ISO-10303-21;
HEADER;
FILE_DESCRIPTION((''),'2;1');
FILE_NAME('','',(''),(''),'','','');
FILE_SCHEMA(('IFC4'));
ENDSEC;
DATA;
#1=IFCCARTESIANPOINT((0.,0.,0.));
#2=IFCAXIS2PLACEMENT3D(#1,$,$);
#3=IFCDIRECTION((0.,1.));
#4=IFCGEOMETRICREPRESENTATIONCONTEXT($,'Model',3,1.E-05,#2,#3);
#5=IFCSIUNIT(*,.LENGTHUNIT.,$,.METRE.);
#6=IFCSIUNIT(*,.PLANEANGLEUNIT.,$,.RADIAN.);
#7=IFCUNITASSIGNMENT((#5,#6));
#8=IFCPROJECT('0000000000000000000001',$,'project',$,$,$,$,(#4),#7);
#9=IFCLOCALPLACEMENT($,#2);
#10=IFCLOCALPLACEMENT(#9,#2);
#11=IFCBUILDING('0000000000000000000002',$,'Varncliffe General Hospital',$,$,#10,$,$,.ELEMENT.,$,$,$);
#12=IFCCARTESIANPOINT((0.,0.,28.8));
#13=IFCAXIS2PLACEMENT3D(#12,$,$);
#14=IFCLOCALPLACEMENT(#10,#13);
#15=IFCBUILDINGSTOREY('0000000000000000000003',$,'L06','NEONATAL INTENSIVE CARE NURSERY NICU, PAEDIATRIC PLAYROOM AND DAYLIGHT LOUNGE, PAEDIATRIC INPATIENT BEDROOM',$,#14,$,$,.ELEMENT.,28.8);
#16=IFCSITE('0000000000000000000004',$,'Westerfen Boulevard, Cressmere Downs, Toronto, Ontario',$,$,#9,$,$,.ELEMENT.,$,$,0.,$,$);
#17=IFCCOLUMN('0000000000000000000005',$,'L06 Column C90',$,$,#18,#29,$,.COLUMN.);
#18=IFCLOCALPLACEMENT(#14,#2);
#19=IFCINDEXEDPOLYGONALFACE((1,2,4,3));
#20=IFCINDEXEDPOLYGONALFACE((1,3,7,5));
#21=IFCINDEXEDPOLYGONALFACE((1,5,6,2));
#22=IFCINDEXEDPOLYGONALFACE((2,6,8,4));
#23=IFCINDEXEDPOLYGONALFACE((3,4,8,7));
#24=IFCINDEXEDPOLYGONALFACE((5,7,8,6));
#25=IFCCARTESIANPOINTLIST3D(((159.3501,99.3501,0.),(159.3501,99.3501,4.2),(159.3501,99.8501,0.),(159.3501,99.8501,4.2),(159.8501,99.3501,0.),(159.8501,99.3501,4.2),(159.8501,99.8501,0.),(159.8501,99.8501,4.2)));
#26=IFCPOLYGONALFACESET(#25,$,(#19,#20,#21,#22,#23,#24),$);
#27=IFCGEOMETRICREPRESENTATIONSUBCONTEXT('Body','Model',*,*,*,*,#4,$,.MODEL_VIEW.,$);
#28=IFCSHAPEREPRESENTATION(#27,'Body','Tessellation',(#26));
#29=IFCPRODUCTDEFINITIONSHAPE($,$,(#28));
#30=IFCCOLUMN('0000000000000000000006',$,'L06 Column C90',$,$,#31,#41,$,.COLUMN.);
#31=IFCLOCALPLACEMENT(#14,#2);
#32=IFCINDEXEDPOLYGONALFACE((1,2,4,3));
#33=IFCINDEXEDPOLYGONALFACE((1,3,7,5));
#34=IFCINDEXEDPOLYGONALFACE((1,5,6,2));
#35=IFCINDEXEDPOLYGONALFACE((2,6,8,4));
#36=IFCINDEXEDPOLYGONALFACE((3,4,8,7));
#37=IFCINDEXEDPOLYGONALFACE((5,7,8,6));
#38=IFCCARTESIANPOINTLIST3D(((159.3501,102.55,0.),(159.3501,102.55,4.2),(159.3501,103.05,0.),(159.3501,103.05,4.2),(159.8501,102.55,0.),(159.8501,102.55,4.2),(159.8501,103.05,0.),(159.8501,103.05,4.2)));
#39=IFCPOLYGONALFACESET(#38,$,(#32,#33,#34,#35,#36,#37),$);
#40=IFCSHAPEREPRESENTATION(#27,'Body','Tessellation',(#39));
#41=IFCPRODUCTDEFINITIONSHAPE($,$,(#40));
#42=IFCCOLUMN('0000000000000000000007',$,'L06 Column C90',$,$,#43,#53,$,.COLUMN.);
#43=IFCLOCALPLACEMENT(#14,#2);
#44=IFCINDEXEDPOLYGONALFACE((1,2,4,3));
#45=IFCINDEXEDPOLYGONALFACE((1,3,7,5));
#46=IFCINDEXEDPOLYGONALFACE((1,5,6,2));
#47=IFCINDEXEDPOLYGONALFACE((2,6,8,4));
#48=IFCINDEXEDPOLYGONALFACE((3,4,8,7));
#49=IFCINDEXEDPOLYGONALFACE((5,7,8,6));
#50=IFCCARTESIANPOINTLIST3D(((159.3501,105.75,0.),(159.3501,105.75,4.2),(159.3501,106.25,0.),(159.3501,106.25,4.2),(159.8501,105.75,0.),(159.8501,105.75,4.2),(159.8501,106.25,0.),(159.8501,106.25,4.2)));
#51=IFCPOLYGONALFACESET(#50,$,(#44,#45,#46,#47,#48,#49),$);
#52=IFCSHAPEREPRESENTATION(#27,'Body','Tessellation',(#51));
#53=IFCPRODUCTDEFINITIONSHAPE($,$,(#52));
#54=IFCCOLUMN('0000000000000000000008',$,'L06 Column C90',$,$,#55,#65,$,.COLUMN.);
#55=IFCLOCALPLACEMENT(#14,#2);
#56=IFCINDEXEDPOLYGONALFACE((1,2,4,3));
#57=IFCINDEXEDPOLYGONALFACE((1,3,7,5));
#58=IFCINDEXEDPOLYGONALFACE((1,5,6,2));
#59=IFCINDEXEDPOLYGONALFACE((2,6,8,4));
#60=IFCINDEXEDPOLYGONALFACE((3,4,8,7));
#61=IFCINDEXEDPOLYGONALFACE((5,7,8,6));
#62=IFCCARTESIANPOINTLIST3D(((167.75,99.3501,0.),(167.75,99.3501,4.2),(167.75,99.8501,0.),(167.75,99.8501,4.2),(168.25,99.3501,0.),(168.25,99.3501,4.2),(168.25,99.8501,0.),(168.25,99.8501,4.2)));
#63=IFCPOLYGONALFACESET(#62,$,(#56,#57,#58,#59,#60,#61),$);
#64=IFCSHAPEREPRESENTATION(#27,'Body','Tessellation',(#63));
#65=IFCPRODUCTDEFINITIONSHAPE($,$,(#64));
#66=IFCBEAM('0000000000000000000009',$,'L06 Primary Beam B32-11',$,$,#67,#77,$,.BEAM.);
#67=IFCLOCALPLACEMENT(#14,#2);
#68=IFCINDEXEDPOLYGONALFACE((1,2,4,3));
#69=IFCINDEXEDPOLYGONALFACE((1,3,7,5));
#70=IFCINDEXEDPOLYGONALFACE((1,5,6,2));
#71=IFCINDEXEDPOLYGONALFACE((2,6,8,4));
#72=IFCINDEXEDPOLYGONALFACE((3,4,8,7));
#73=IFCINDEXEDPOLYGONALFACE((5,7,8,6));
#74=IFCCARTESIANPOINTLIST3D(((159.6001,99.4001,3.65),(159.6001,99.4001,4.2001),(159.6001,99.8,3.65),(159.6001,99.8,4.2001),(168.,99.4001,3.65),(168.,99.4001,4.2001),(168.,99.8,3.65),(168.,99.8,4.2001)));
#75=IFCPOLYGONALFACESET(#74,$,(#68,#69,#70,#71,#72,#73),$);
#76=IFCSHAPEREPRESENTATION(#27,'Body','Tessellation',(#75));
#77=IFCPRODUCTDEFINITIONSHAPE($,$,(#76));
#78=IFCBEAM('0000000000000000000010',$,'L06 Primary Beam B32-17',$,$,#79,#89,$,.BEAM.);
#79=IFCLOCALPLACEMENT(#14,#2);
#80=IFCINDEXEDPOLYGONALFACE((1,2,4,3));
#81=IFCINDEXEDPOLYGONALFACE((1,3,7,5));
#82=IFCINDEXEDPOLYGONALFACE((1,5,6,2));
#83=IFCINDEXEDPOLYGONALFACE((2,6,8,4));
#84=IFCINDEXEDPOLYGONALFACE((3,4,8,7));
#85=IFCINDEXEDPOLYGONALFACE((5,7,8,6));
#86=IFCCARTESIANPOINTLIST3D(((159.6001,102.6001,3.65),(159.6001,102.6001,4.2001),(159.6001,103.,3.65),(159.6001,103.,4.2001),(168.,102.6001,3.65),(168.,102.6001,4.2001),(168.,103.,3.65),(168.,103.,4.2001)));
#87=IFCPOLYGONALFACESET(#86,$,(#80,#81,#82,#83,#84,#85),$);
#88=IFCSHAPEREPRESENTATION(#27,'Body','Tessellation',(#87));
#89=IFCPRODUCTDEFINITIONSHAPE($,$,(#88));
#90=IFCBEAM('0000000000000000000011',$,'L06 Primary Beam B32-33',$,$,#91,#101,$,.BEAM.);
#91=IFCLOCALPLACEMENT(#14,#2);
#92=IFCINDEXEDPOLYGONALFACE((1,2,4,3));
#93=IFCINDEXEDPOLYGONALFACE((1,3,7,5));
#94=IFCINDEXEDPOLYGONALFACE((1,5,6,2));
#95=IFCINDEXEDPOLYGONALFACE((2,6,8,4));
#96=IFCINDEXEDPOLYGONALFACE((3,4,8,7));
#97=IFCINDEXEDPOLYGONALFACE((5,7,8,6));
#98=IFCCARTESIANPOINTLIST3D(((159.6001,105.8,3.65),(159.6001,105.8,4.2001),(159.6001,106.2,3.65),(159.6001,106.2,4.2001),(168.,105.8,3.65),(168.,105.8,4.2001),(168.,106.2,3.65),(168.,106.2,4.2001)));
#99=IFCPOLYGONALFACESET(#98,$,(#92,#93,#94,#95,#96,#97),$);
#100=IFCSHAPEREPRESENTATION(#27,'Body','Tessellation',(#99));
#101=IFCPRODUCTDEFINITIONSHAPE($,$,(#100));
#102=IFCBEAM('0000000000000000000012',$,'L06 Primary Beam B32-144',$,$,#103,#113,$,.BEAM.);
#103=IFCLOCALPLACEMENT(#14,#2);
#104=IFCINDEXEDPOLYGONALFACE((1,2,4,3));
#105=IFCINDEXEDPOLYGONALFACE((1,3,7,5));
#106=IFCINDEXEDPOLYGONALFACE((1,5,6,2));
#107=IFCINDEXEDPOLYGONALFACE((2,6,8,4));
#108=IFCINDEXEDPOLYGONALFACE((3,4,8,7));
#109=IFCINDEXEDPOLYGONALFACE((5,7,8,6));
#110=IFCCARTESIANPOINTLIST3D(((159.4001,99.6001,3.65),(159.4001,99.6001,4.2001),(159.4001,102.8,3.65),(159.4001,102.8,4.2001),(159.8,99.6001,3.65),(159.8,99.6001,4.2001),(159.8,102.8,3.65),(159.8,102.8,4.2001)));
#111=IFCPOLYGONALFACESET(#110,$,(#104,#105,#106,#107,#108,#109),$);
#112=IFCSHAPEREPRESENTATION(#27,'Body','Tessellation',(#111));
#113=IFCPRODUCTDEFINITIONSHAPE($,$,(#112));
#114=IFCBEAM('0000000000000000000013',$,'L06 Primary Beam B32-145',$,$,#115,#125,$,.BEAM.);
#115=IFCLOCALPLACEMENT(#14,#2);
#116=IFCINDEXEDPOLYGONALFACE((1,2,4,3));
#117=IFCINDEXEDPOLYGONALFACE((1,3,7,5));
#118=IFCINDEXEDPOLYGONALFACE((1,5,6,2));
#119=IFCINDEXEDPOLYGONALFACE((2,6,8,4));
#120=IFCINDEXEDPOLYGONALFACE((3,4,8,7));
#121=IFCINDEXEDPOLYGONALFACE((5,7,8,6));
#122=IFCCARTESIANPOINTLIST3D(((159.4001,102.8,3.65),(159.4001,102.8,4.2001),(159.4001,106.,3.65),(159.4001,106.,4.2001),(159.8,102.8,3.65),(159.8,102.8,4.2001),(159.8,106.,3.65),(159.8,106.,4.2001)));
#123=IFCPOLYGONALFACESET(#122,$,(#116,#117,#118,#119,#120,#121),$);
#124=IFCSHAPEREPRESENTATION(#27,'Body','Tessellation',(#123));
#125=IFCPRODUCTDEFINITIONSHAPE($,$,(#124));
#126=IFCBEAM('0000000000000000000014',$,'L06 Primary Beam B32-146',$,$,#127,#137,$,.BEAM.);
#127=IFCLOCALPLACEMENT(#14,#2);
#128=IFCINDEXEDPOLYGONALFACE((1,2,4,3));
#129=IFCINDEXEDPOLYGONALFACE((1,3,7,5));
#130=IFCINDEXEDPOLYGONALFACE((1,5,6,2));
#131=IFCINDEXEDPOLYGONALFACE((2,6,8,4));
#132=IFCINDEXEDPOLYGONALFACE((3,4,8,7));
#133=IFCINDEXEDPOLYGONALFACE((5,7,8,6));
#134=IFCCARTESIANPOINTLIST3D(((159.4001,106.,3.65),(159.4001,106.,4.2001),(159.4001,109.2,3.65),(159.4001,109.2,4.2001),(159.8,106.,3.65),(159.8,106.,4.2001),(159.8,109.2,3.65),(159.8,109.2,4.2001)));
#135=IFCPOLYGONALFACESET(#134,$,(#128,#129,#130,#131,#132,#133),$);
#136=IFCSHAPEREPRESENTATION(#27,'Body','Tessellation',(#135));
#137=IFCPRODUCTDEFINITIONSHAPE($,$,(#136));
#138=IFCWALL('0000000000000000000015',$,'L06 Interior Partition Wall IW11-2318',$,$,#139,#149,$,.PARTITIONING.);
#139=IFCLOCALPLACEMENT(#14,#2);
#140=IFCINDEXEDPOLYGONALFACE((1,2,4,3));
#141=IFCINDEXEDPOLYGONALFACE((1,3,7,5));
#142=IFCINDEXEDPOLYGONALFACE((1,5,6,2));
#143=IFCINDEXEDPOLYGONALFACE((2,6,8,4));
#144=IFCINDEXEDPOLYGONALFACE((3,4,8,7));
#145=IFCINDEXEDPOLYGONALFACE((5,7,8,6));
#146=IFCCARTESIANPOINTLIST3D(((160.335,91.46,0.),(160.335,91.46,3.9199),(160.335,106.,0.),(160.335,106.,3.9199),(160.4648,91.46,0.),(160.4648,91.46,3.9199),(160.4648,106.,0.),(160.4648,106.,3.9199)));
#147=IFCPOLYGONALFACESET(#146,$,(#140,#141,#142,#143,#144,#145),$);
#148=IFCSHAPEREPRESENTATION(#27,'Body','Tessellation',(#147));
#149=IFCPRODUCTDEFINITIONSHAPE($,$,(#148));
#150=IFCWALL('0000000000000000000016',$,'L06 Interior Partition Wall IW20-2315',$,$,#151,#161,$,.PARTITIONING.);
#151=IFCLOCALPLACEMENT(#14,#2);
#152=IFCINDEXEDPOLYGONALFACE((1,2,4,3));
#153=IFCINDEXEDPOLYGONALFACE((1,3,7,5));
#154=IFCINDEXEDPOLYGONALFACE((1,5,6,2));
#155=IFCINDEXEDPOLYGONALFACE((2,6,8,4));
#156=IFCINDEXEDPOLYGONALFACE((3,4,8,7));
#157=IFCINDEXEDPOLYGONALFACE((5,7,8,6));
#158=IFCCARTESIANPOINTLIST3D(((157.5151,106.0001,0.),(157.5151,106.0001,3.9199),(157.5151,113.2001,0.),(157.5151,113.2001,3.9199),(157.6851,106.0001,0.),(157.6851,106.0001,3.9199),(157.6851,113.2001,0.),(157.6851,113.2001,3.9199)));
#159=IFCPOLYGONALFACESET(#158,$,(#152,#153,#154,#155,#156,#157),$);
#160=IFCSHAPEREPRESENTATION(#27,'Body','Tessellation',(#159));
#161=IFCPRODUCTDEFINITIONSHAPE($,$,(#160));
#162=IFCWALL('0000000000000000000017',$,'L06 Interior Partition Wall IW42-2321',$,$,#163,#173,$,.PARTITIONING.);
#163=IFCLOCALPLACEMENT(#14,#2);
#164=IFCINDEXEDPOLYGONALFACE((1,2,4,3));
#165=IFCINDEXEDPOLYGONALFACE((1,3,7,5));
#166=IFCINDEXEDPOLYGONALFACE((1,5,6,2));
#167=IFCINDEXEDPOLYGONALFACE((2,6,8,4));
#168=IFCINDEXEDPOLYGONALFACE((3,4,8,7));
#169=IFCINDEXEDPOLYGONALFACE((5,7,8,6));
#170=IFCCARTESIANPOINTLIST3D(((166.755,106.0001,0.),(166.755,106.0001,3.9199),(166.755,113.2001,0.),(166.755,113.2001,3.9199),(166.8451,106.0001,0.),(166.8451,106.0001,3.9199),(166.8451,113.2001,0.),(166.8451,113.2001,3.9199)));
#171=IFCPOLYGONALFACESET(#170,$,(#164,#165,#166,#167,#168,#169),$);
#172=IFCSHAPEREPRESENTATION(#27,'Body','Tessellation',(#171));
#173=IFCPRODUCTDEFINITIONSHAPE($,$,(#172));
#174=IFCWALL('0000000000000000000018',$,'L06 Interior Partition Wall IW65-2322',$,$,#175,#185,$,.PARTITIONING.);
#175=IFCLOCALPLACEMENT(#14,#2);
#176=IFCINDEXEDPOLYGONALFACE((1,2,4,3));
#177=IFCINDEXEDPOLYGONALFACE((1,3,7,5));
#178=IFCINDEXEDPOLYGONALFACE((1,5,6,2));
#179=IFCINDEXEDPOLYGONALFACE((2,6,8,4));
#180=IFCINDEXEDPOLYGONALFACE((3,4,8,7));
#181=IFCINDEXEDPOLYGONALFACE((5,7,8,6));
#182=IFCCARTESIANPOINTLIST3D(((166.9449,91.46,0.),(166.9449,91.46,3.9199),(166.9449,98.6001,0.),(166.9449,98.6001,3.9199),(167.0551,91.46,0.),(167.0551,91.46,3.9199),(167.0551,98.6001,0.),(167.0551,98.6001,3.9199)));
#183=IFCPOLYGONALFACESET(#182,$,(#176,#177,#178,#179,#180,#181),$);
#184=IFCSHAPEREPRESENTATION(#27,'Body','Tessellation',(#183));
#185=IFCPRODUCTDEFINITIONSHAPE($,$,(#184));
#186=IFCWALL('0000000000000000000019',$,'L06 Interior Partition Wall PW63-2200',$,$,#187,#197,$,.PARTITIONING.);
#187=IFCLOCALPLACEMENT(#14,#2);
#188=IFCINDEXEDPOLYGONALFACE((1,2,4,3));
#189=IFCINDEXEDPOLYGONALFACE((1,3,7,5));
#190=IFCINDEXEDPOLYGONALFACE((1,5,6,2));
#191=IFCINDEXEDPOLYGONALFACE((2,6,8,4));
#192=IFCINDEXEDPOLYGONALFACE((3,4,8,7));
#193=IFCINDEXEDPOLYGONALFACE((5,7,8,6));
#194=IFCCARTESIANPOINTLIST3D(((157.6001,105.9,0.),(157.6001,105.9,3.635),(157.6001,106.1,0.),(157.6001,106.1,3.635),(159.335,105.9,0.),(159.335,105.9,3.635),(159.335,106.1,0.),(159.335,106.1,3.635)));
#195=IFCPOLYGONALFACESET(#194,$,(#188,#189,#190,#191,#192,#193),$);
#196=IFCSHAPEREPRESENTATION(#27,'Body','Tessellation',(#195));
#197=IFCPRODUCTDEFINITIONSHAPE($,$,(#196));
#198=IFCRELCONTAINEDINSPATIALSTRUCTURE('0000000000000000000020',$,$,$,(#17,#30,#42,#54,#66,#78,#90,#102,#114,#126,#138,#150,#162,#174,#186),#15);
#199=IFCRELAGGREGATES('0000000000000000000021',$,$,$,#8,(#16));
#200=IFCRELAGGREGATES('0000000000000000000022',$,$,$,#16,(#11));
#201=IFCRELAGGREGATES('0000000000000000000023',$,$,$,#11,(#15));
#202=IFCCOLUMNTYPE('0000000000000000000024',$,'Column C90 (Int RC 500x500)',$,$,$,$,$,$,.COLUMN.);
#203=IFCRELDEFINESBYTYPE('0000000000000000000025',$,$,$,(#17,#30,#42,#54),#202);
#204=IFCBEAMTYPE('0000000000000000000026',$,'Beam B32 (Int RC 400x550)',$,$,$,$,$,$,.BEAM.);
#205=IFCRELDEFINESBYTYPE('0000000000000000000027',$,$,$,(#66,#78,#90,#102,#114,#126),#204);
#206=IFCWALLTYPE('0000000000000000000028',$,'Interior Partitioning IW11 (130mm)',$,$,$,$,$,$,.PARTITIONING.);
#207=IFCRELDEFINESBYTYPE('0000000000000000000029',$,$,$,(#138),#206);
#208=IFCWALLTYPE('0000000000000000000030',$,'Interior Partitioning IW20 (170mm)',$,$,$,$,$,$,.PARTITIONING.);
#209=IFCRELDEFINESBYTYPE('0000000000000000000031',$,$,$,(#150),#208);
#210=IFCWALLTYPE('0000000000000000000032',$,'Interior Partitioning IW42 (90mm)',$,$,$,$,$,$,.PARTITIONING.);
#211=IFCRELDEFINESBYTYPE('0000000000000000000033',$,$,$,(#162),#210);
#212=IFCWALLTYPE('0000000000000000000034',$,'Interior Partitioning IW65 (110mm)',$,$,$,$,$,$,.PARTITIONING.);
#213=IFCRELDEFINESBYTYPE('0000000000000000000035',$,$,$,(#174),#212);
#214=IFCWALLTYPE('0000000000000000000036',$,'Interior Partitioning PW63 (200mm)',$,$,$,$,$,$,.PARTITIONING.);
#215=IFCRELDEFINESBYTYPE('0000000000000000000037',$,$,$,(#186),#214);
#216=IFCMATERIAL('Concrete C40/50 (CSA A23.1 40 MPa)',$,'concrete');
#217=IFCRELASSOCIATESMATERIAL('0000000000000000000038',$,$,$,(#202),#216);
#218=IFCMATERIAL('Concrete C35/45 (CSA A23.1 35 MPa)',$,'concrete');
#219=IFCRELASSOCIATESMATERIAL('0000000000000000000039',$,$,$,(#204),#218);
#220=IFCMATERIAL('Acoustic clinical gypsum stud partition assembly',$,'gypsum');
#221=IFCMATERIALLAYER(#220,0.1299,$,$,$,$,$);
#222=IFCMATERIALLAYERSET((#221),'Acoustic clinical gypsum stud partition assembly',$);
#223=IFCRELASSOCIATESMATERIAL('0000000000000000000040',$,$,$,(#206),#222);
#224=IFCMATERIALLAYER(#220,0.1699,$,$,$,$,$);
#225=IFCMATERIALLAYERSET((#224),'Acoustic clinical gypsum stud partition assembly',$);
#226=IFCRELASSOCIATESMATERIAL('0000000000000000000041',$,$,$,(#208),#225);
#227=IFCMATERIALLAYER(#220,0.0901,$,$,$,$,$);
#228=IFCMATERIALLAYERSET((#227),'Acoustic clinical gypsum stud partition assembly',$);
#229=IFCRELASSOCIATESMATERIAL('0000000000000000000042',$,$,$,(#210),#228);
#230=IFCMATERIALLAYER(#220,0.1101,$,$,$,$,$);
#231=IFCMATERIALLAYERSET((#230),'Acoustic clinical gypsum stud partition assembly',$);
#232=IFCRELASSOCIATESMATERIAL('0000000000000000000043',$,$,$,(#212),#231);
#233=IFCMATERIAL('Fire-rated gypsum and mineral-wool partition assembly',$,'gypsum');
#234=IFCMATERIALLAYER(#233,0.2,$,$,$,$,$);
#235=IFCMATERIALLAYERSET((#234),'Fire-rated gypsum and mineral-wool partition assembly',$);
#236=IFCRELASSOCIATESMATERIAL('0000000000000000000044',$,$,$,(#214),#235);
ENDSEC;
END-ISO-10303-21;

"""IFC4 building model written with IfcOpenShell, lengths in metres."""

from ifc_helpers import new_model, si_unit, direction, frame, frame_2d, origin, origin_2d, place, context, subcontext, project, spatial, rectangle, extrude, material, layer, layer_set, material_profile, profile_set, type_object, element, save


model = new_model("IFC4")

# Units and contexts
model_context = context("Model", 3, precision=1e-05, world=origin(), true_north=direction((0.0, 1.0)))
body_context = subcontext(model_context, "Body", "Model", "MODEL_VIEW")
ifc_project = project(units=[si_unit("LENGTHUNIT", "METRE"), si_unit("PLANEANGLEUNIT", "RADIAN")], contexts=[model_context])

# Site, building, storey
site_placement = place(None, origin())
site = spatial("IfcSite", under=ifc_project, at=site_placement, Name="Westerfen Boulevard, Cressmere Downs, Toronto, Ontario", CompositionType="ELEMENT", RefElevation=0.0)
building_placement = place(site_placement, origin())
building = spatial("IfcBuilding", under=site, at=building_placement, Name="Varncliffe General Hospital", CompositionType="ELEMENT")
storey_placement = place(building_placement, frame((0.0, 0.0, 28.8)))
storey = spatial("IfcBuildingStorey", under=building, at=storey_placement, Name="L06", Description="NEONATAL INTENSIVE CARE NURSERY NICU, PAEDIATRIC PLAYROOM AND DAYLIGHT LOUNGE, PAEDIATRIC INPATIENT BEDROOM", CompositionType="ELEMENT", Elevation=28.8)

# Columns
ifc_material_1 = material(Name="Concrete C40/50 (CSA A23.1 40 MPa)", Category="concrete")
ifc_material_profile_1 = material_profile(ifc_material_1, rectangle(XDim=0.5, YDim=0.5, at=origin_2d()), Name="RC 500x500")
ifc_profile_set_1 = profile_set([ifc_material_profile_1], Name="Concrete C40/50 (CSA A23.1 40 MPa)")
column_type = type_object("IfcColumnType", Name="Column C90 (Int RC 500x500)", PredefinedType="COLUMN", material=ifc_profile_set_1)
for number, where, z_axis, x_axis, name in (
    (1, (159.6001, 99.6001, 0.0), (0.0, 0.0, 1.0), (1.0, 0.0, 0.0), "L06 Column C90"),
    (2, (159.6001, 102.8, 0.0), (0.0, 0.0, 1.0), (1.0, 0.0, 0.0), "L06 Column C90"),
    (3, (159.6001, 106.0, 0.0), (0.0, 0.0, 1.0), (1.0, 0.0, 0.0), "L06 Column C90"),
    (4, (168.0, 99.6001, 0.0), (0.0, 0.0, 1.0), (1.0, 0.0, 0.0), "L06 Column C90"),
):
    element("IfcColumn", number, at=place(storey_placement, frame(where, z_axis=z_axis, x_axis=x_axis)), inside=storey, type_object=column_type, Name=name, PredefinedType="COLUMN", context=body_context, shape_type="SweptSolid", body=[
        extrude(rectangle(XDim=0.5, YDim=0.5, at=origin_2d()), origin(), (0.0, 0.0, 1.0), 4.2),
    ])

# Beams
ifc_material_2 = material(Name="Concrete C35/45 (CSA A23.1 35 MPa)", Category="concrete")
ifc_material_profile_2 = material_profile(ifc_material_2, rectangle(XDim=0.3999, YDim=0.55, at=origin_2d()), Name="RC 400x550")
ifc_profile_set_2 = profile_set([ifc_material_profile_2], Name="Concrete C35/45 (CSA A23.1 35 MPa)")
beam_type = type_object("IfcBeamType", Name="Beam B32 (Int RC 400x550)", PredefinedType="BEAM", material=ifc_profile_set_2)
for number, where, z_axis, x_axis, name in (
    (5, (159.6001, 99.6001, 3.925), (1.0, 0.0, 0.0), (0.0, 1.0, 0.0), "L06 Primary Beam B32-11"),
    (6, (159.6001, 102.8, 3.925), (1.0, 0.0, 0.0), (0.0, 1.0, 0.0), "L06 Primary Beam B32-17"),
    (7, (159.6001, 106.0, 3.925), (1.0, 0.0, 0.0), (0.0, 1.0, 0.0), "L06 Primary Beam B32-33"),
):
    element("IfcBeam", number, at=place(storey_placement, frame(where, z_axis=z_axis, x_axis=x_axis)), inside=storey, type_object=beam_type, Name=name, PredefinedType="BEAM", context=body_context, shape_type="SweptSolid", body=[
        extrude(rectangle(XDim=0.3999, YDim=0.55, at=origin_2d()), origin(), (0.0, 0.0, 1.0), 8.3999),
    ])
for number, where, z_axis, x_axis, name in (
    (8, (159.6001, 99.6001, 3.925), (0.0, 1.0, 0.0), (-1.0, 0.0, 0.0), "L06 Primary Beam B32-144"),
    (9, (159.6001, 102.8, 3.925), (0.0, 1.0, 0.0), (-1.0, 0.0, 0.0), "L06 Primary Beam B32-145"),
    (10, (159.6001, 106.0, 3.925), (0.0, 1.0, 0.0), (-1.0, 0.0, 0.0), "L06 Primary Beam B32-146"),
):
    element("IfcBeam", number, at=place(storey_placement, frame(where, z_axis=z_axis, x_axis=x_axis)), inside=storey, type_object=beam_type, Name=name, PredefinedType="BEAM", context=body_context, shape_type="SweptSolid", body=[
        extrude(rectangle(XDim=0.3999, YDim=0.55, at=origin_2d()), origin(), (0.0, 0.0, 1.0), 3.2),
    ])

# Walls
ifc_material_3 = material(Name="Acoustic clinical gypsum stud partition assembly", Category="gypsum")
ifc_layer_1 = layer(ifc_material_3, 0.1299)
ifc_layer_set_1 = layer_set([ifc_layer_1], Name="Acoustic clinical gypsum stud partition assembly")
wall_type_1 = type_object("IfcWallType", Name="Interior Partitioning IW11 (130mm)", PredefinedType="PARTITIONING", material=ifc_layer_set_1)
wall_1_placement = place(storey_placement, frame((160.3999, 91.46, 0.0), z_axis=(0.0, 0.0, 1.0), x_axis=(0.0, 1.0, 0.0)))
element("IfcWall", 11, at=wall_1_placement, inside=storey, type_object=wall_type_1, Name="L06 Interior Partition Wall IW11-2318", PredefinedType="PARTITIONING", context=body_context, shape_type="SweptSolid", body=[
    extrude(rectangle(XDim=14.54, YDim=0.1299, at=frame_2d((7.27, 0.0))), origin(), (0.0, 0.0, 1.0), 3.9199),
])
ifc_layer_2 = layer(ifc_material_3, 0.1699)
ifc_layer_set_2 = layer_set([ifc_layer_2], Name="Acoustic clinical gypsum stud partition assembly")
wall_type_2 = type_object("IfcWallType", Name="Interior Partitioning IW20 (170mm)", PredefinedType="PARTITIONING", material=ifc_layer_set_2)
wall_2_placement = place(storey_placement, frame((157.6001, 106.0, 0.0), z_axis=(0.0, 0.0, 1.0), x_axis=(0.0, 1.0, 0.0)))
element("IfcWall", 12, at=wall_2_placement, inside=storey, type_object=wall_type_2, Name="L06 Interior Partition Wall IW20-2315", PredefinedType="PARTITIONING", context=body_context, shape_type="SweptSolid", body=[
    extrude(rectangle(XDim=7.2, YDim=0.1699, at=frame_2d((3.6001, 0.0))), origin(), (0.0, 0.0, 1.0), 3.9199),
])
ifc_layer_3 = layer(ifc_material_3, 0.0901)
ifc_layer_set_3 = layer_set([ifc_layer_3], Name="Acoustic clinical gypsum stud partition assembly")
wall_type_3 = type_object("IfcWallType", Name="Interior Partitioning IW42 (90mm)", PredefinedType="PARTITIONING", material=ifc_layer_set_3)
wall_3_placement = place(storey_placement, frame((166.8, 106.0, 0.0), z_axis=(0.0, 0.0, 1.0), x_axis=(0.0, 1.0, 0.0)))
element("IfcWall", 13, at=wall_3_placement, inside=storey, type_object=wall_type_3, Name="L06 Interior Partition Wall IW42-2321", PredefinedType="PARTITIONING", context=body_context, shape_type="SweptSolid", body=[
    extrude(rectangle(XDim=7.2, YDim=0.0901, at=frame_2d((3.6001, 0.0))), origin(), (0.0, 0.0, 1.0), 3.9199),
])
ifc_layer_4 = layer(ifc_material_3, 0.1101)
ifc_layer_set_4 = layer_set([ifc_layer_4], Name="Acoustic clinical gypsum stud partition assembly")
wall_type_4 = type_object("IfcWallType", Name="Interior Partitioning IW65 (110mm)", PredefinedType="PARTITIONING", material=ifc_layer_set_4)
wall_4_placement = place(storey_placement, frame((167.0, 91.46, 0.0), z_axis=(0.0, 0.0, 1.0), x_axis=(0.0, 1.0, 0.0)))
element("IfcWall", 14, at=wall_4_placement, inside=storey, type_object=wall_type_4, Name="L06 Interior Partition Wall IW65-2322", PredefinedType="PARTITIONING", context=body_context, shape_type="SweptSolid", body=[
    extrude(rectangle(XDim=7.1401, YDim=0.1101, at=frame_2d((3.5701, 0.0))), origin(), (0.0, 0.0, 1.0), 3.9199),
])
ifc_material_4 = material(Name="Fire-rated gypsum and mineral-wool partition assembly", Category="gypsum")
ifc_layer_5 = layer(ifc_material_4, 0.2)
ifc_layer_set_5 = layer_set([ifc_layer_5], Name="Fire-rated gypsum and mineral-wool partition assembly")
wall_type_5 = type_object("IfcWallType", Name="Interior Partitioning PW63 (200mm)", PredefinedType="PARTITIONING", material=ifc_layer_set_5)
wall_5_placement = place(storey_placement, frame((157.6001, 106.0, 0.0), z_axis=(0.0, 0.0, 1.0), x_axis=(1.0, 0.0, 0.0)))
element("IfcWall", 15, at=wall_5_placement, inside=storey, type_object=wall_type_5, Name="L06 Interior Partition Wall PW63-2200", PredefinedType="PARTITIONING", context=body_context, shape_type="SweptSolid", body=[
    extrude(rectangle(XDim=1.7349, YDim=0.2, at=frame_2d((0.8674, 0.0))), origin(), (0.0, 0.0, 1.0), 3.635),
])

save(model, "model.ifc")
